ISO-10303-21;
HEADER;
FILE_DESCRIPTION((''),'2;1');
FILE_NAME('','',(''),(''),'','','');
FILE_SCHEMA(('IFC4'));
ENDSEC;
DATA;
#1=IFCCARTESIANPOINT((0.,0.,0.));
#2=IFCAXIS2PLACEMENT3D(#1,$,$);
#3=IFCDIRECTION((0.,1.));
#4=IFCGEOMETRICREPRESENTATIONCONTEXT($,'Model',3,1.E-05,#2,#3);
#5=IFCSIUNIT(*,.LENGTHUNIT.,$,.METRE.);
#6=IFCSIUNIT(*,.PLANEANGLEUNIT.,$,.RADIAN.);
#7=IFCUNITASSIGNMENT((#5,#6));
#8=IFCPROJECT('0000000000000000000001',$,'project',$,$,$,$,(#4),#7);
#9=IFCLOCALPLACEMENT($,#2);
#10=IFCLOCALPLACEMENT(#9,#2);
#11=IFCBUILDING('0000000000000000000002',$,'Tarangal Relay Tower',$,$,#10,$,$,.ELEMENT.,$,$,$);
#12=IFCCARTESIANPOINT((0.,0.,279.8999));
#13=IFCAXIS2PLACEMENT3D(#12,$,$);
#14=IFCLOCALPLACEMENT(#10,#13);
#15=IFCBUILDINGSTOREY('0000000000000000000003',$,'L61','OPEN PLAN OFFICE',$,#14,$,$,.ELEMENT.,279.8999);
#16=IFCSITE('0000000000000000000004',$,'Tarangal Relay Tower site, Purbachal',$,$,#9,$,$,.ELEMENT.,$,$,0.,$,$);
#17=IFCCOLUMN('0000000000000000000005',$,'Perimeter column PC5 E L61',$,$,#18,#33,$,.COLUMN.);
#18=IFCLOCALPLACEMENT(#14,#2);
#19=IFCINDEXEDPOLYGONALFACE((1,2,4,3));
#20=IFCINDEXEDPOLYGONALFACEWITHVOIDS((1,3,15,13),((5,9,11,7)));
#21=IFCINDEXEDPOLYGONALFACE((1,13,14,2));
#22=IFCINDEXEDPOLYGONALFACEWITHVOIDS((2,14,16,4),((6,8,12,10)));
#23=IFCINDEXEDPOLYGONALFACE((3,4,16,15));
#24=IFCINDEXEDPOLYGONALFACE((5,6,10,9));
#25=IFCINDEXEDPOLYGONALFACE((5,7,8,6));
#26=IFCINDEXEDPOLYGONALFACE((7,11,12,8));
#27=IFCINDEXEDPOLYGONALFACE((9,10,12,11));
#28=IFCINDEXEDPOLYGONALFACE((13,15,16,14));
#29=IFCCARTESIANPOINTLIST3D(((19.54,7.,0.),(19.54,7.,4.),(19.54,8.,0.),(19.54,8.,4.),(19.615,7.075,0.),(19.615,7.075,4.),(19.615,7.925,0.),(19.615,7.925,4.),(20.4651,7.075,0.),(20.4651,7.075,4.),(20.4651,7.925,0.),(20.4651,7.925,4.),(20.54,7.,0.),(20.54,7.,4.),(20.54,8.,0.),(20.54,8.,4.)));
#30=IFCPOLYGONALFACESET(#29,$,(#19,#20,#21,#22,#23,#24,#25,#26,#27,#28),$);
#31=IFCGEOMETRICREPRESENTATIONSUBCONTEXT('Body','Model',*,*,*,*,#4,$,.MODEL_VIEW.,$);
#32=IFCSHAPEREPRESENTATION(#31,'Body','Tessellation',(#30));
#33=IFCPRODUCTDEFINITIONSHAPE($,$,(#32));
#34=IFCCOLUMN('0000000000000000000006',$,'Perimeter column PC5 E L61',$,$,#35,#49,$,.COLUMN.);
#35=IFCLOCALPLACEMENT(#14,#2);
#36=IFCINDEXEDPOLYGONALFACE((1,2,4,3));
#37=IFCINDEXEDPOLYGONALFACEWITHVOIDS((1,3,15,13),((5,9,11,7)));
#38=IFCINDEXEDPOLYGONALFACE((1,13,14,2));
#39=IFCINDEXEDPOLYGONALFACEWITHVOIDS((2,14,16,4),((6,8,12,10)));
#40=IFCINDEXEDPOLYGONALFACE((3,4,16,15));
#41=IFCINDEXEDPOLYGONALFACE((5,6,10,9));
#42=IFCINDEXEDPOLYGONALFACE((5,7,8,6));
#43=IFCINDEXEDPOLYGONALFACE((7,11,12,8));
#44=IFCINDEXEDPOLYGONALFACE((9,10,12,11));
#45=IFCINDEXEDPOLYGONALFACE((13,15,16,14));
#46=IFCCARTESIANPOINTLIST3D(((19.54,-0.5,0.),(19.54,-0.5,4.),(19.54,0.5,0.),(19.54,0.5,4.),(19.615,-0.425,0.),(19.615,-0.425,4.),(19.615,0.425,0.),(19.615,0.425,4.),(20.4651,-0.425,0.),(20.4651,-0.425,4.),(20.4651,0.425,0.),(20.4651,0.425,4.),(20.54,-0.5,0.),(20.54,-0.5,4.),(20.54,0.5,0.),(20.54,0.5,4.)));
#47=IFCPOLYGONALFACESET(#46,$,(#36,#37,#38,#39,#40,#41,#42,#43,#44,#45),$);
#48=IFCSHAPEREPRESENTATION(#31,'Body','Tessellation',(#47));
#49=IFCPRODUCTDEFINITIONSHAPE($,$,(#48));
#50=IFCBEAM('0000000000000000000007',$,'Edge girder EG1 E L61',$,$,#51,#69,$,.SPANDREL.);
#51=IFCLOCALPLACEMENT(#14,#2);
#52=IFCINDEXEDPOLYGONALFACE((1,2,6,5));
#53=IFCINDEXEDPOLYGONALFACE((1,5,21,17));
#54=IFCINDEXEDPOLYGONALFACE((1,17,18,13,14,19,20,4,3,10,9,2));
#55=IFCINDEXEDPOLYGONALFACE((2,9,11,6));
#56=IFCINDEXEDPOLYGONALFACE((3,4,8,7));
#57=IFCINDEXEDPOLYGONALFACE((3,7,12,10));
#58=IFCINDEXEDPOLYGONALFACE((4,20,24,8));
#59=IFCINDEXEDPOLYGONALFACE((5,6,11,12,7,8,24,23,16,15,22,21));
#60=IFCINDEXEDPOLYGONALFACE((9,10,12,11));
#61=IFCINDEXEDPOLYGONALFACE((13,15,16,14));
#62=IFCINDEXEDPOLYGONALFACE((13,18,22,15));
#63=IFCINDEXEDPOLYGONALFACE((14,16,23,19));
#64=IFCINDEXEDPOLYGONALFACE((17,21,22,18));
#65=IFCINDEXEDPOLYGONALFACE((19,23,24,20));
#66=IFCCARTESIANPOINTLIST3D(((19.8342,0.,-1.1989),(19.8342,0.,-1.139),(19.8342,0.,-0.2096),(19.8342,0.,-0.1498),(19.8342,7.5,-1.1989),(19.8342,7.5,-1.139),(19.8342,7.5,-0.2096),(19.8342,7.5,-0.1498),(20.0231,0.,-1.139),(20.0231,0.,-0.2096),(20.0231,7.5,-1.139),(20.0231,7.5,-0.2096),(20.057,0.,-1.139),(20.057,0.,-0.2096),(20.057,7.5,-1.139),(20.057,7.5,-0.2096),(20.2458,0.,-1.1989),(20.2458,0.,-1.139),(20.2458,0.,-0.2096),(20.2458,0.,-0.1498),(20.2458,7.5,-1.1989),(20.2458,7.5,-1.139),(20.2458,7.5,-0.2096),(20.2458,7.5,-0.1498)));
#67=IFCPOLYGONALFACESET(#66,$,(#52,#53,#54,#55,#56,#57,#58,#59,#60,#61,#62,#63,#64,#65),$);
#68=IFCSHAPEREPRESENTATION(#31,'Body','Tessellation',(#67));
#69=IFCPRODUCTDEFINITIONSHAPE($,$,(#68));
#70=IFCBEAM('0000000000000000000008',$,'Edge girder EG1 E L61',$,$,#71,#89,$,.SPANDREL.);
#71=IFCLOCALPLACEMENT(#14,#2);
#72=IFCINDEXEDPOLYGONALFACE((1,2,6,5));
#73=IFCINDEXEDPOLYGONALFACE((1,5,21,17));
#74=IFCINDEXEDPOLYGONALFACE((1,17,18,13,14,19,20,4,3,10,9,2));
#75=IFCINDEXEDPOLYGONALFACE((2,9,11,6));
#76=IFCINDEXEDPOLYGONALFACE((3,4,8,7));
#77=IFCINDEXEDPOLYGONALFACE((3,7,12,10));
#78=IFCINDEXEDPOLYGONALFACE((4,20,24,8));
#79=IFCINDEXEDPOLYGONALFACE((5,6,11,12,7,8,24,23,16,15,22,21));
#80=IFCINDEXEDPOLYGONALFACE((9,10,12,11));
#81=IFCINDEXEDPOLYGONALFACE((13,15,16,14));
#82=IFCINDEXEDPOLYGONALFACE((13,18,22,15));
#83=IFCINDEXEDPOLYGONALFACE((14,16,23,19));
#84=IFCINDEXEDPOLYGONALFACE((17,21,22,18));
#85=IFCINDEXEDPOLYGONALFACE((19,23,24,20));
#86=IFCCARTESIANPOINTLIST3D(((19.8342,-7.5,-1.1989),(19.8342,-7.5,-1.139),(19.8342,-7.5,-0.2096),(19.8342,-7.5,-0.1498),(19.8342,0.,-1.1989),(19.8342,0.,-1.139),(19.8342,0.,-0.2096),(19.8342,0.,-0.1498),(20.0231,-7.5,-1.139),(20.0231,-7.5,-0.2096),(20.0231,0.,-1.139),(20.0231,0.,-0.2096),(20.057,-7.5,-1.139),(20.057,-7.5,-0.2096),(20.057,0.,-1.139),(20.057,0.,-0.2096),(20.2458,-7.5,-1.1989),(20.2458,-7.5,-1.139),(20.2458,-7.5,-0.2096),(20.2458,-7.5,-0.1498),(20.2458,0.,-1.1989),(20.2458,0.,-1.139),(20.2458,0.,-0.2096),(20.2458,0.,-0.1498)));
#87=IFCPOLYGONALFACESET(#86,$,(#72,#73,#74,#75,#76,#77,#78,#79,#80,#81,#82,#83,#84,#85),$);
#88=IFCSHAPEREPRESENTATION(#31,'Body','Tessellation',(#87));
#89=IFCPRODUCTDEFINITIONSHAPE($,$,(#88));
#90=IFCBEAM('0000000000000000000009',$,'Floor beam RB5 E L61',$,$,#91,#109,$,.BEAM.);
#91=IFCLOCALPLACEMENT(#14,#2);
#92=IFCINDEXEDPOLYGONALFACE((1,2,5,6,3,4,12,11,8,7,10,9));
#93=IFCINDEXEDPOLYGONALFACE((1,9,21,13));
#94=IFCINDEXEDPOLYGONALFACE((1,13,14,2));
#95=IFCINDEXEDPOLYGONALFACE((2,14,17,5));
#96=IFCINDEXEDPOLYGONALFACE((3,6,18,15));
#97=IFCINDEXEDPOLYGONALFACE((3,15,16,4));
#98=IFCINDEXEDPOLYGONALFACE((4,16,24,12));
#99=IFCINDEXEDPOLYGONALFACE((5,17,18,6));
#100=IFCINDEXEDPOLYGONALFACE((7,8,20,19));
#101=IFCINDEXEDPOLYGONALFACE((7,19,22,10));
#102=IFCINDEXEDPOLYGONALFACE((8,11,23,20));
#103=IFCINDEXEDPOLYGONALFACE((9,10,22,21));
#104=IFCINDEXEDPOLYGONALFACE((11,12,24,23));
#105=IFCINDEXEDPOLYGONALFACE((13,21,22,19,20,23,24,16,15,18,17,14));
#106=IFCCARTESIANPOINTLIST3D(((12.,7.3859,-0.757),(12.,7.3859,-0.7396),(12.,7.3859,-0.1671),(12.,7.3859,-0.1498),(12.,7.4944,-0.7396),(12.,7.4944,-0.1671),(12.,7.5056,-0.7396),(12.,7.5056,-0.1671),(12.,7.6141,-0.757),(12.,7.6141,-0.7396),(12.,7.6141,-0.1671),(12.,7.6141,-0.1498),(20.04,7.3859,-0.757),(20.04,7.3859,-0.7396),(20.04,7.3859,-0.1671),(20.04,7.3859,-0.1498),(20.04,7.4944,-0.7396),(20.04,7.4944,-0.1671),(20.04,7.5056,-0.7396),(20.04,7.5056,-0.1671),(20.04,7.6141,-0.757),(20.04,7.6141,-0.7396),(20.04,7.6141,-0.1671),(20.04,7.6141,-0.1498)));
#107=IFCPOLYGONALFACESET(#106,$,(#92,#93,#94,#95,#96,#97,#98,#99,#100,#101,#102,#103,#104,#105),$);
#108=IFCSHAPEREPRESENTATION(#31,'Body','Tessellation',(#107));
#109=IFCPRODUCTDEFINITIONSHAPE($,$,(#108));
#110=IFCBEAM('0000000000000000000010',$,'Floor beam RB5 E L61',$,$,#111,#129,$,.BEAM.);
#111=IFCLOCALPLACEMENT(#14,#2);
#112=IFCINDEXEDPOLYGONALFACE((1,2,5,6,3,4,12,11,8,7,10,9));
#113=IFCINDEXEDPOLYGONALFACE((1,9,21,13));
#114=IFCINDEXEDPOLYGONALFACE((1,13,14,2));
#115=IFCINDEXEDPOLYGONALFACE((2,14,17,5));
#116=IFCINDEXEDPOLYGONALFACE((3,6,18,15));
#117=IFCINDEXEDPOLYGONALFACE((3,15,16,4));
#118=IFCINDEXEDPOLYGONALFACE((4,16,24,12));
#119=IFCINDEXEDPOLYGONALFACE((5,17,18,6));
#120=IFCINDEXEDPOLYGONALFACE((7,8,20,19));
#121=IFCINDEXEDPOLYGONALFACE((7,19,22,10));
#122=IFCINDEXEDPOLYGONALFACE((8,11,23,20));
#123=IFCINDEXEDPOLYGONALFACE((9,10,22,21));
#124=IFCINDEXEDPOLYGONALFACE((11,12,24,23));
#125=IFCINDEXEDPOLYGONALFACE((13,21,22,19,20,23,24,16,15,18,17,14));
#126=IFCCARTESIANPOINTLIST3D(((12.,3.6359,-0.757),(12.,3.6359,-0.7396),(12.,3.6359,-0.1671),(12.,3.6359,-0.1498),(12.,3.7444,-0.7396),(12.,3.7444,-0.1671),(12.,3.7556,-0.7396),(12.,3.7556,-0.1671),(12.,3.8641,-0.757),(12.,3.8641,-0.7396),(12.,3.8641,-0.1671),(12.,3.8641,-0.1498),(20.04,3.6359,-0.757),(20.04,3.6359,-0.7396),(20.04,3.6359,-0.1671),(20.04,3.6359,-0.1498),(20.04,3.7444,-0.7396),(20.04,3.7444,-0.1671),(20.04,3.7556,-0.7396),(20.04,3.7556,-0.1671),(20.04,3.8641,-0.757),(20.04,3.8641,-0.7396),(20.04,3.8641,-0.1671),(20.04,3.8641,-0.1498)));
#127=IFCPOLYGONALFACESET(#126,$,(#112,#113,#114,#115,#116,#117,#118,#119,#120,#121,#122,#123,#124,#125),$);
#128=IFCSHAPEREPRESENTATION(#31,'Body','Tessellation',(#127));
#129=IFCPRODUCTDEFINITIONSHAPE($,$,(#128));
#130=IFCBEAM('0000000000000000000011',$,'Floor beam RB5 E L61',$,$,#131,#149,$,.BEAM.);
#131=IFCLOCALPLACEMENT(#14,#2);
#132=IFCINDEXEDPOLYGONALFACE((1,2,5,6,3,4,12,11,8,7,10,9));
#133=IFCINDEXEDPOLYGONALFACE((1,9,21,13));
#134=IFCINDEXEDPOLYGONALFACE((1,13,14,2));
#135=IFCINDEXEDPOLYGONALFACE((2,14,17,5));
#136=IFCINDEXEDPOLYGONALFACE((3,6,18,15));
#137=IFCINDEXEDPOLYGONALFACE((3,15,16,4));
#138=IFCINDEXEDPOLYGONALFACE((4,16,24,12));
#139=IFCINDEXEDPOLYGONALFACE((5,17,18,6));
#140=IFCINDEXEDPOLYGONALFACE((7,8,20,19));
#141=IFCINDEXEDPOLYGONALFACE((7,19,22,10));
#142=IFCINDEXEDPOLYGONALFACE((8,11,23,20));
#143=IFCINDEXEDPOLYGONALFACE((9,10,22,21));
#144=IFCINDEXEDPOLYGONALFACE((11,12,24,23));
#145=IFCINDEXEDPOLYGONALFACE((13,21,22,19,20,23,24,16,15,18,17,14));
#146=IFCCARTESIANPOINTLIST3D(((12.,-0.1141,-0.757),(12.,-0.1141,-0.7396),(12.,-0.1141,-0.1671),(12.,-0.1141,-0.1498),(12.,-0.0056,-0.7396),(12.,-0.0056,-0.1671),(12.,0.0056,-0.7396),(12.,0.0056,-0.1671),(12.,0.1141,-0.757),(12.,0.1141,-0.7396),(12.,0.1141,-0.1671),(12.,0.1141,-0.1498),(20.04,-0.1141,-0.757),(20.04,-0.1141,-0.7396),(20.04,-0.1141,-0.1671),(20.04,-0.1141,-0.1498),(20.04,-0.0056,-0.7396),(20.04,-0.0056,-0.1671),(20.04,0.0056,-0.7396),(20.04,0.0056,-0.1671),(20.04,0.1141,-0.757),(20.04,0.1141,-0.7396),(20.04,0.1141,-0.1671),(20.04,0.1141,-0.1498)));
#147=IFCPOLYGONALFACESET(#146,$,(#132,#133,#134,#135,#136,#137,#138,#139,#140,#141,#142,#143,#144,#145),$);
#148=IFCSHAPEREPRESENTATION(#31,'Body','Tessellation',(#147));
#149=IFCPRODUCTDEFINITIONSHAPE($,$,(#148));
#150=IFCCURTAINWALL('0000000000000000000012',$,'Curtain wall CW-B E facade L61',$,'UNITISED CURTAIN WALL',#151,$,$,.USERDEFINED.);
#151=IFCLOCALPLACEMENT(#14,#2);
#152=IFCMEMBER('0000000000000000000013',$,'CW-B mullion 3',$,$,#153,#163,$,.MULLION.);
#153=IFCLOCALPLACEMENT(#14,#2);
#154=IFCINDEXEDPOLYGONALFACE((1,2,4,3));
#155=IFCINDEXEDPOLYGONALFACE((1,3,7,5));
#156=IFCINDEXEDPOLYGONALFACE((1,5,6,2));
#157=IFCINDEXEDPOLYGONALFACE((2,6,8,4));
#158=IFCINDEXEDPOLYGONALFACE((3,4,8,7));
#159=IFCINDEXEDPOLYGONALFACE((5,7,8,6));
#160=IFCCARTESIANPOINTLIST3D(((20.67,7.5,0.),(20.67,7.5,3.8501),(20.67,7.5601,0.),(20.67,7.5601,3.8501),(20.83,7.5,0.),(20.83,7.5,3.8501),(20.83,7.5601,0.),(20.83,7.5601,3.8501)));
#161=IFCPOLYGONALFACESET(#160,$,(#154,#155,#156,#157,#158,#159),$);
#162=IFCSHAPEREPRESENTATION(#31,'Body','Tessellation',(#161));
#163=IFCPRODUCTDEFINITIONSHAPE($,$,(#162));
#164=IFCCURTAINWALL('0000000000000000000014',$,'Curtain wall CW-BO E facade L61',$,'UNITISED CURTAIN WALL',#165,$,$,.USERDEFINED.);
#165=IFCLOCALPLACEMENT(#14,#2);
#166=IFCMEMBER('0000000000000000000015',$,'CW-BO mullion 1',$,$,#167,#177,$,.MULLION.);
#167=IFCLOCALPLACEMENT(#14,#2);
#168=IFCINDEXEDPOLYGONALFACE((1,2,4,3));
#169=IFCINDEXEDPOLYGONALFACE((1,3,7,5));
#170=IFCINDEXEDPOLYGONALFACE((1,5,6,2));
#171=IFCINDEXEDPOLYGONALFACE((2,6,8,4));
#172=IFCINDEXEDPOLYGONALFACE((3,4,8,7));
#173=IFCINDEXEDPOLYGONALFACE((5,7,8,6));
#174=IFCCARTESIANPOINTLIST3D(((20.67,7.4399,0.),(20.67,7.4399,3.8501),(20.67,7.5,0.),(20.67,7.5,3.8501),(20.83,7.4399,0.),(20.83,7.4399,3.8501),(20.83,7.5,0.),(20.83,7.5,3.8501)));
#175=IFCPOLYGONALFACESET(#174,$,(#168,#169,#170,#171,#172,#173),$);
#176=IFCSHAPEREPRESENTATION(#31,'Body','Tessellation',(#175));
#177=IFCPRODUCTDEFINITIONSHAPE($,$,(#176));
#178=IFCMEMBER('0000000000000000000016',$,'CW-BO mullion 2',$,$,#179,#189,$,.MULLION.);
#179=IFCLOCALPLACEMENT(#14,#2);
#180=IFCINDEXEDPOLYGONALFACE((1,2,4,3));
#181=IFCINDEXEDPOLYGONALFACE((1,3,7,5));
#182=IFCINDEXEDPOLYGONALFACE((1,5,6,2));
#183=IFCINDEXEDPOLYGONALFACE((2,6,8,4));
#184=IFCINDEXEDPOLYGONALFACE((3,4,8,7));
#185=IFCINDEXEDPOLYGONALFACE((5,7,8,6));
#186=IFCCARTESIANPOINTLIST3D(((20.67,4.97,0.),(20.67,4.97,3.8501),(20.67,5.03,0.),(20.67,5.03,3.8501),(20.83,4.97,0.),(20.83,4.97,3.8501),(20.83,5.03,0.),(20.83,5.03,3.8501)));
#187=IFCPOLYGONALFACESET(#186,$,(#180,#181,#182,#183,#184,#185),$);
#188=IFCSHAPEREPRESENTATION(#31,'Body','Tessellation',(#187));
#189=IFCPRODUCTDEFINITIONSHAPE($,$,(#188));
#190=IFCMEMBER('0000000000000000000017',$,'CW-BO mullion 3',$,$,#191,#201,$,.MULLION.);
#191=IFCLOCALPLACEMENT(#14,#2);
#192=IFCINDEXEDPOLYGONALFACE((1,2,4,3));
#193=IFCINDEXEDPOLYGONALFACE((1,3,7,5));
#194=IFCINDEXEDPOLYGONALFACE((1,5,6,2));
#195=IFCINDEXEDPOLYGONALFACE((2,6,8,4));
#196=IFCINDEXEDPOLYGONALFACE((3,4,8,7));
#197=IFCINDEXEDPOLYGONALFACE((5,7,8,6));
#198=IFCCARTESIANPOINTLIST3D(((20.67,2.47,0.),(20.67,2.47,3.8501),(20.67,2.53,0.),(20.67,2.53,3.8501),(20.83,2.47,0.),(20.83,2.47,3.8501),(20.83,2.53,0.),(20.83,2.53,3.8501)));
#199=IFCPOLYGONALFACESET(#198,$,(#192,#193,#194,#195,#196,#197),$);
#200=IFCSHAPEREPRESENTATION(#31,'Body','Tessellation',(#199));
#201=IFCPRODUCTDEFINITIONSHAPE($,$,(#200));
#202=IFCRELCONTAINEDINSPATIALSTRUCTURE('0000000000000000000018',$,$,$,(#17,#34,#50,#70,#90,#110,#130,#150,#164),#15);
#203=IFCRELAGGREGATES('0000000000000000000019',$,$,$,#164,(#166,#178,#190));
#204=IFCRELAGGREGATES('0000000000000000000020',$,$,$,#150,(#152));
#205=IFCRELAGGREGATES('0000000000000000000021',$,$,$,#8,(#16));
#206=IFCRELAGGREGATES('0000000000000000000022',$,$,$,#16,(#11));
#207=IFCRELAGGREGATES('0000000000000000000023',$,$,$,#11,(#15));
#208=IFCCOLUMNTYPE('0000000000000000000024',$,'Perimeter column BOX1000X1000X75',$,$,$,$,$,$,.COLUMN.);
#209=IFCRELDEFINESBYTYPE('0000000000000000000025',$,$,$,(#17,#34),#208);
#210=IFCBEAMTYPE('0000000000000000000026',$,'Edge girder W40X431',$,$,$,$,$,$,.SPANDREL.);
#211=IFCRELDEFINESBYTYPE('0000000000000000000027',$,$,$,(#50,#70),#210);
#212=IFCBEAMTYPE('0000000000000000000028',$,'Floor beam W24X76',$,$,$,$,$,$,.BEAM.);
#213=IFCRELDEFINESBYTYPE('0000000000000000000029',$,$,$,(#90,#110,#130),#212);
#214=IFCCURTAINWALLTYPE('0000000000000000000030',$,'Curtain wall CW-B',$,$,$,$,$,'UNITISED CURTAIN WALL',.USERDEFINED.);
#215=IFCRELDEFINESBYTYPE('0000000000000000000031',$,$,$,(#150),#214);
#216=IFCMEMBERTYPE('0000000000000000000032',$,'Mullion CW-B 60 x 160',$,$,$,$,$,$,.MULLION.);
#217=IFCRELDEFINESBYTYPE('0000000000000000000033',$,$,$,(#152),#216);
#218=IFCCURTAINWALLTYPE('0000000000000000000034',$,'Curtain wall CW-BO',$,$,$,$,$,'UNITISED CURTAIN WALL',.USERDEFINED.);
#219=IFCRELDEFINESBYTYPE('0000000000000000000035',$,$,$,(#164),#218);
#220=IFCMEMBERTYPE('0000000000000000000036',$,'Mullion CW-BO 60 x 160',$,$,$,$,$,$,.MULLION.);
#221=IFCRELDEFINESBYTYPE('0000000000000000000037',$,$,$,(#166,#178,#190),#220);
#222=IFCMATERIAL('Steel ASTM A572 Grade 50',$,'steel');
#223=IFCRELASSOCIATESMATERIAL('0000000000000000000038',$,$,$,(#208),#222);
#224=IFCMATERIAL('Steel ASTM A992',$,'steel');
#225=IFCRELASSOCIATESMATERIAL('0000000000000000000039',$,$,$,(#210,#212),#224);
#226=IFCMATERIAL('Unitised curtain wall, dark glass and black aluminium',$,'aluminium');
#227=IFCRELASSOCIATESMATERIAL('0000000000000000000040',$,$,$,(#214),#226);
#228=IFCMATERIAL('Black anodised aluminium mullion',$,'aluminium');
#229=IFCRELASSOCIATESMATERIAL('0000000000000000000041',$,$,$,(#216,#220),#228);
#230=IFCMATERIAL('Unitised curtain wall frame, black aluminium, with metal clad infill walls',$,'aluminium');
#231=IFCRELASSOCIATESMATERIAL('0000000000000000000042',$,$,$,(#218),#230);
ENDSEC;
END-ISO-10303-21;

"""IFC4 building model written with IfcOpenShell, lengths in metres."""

from ifc_helpers import new_model, si_unit, direction, frame, origin, origin_2d, place, context, subcontext, project, spatial, rectangle, hollow_rectangle, i_section, extrude, material, material_profile, profile_set, type_object, element, aggregate, save


model = new_model("IFC4")

# Units and contexts
model_context = context("Model", 3, precision=1e-05, world=origin(), true_north=direction((0.0, 1.0)))
body_context = subcontext(model_context, "Body", "Model", "MODEL_VIEW")
ifc_project = project(units=[si_unit("LENGTHUNIT", "METRE"), si_unit("PLANEANGLEUNIT", "RADIAN")], contexts=[model_context])

# Site, building, storey
site_placement = place(None, origin())
site = spatial("IfcSite", under=ifc_project, at=site_placement, Name="Tarangal Relay Tower site, Purbachal", CompositionType="ELEMENT", RefElevation=0.0)
building_placement = place(site_placement, origin())
building = spatial("IfcBuilding", under=site, at=building_placement, Name="Tarangal Relay Tower", CompositionType="ELEMENT")
storey_placement = place(building_placement, frame((0.0, 0.0, 279.8999)))
storey = spatial("IfcBuildingStorey", under=building, at=storey_placement, Name="L61", Description="OPEN PLAN OFFICE", CompositionType="ELEMENT", Elevation=279.8999)

# Columns
ifc_material_1 = material(Name="Steel ASTM A572 Grade 50", Category="steel")
ifc_material_profile_1 = material_profile(ifc_material_1, hollow_rectangle(XDim=1.0, YDim=1.0, WallThickness=0.075, at=origin_2d()), Name="BOX1000X1000X75")
ifc_profile_set_1 = profile_set([ifc_material_profile_1], Name="Steel ASTM A572 Grade 50")
column_type = type_object("IfcColumnType", Name="Perimeter column BOX1000X1000X75", PredefinedType="COLUMN", material=ifc_profile_set_1)
for number, where, z_axis, x_axis, name in (
    (1, (20.04, 7.5, 0.0), (0.0, 0.0, 1.0), (1.0, 0.0, 0.0), "Perimeter column PC5 E L61"),
    (2, (20.04, 0.0, 0.0), (0.0, 0.0, 1.0), (1.0, 0.0, 0.0), "Perimeter column PC5 E L61"),
):
    element("IfcColumn", number, at=place(storey_placement, frame(where, z_axis=z_axis, x_axis=x_axis)), inside=storey, type_object=column_type, Name=name, PredefinedType="COLUMN", context=body_context, shape_type="SweptSolid", body=[
        extrude(hollow_rectangle(XDim=1.0, YDim=1.0, WallThickness=0.075, at=origin_2d()), origin(), (0.0, 0.0, 1.0), 4.0),
    ])

# Beams
ifc_material_2 = material(Name="Steel ASTM A992", Category="steel")
ifc_material_profile_2 = material_profile(ifc_material_2, i_section(OverallWidth=0.4116, OverallDepth=1.0491, WebThickness=0.0339, FlangeThickness=0.0598, at=origin_2d()), Name="W40X431")
ifc_profile_set_2 = profile_set([ifc_material_profile_2], Name="Steel ASTM A992")
beam_type_1 = type_object("IfcBeamType", Name="Edge girder W40X431", PredefinedType="SPANDREL", material=ifc_profile_set_2)
for number, where, z_axis, x_axis, name in (
    (3, (20.04, 7.5, -0.6743), (0.0, -1.0, 0.0), (1.0, 0.0, 0.0), "Edge girder EG1 E L61"),
    (4, (20.04, 0.0, -0.6743), (0.0, -1.0, 0.0), (1.0, 0.0, 0.0), "Edge girder EG1 E L61"),
):
    element("IfcBeam", number, at=place(storey_placement, frame(where, z_axis=z_axis, x_axis=x_axis)), inside=storey, type_object=beam_type_1, Name=name, PredefinedType="SPANDREL", context=body_context, shape_type="SweptSolid", body=[
        extrude(i_section(OverallWidth=0.4116, OverallDepth=1.0491, WebThickness=0.0339, FlangeThickness=0.0598, at=origin_2d()), origin(), (0.0, 0.0, 1.0), 7.5),
    ])
ifc_material_profile_3 = material_profile(ifc_material_2, i_section(OverallWidth=0.2283, OverallDepth=0.6072, WebThickness=0.0112, FlangeThickness=0.0173, at=origin_2d()), Name="W24X76")
ifc_profile_set_3 = profile_set([ifc_material_profile_3], Name="Steel ASTM A992")
beam_type_2 = type_object("IfcBeamType", Name="Floor beam W24X76", PredefinedType="BEAM", material=ifc_profile_set_3)
for number, where, z_axis, x_axis, name in (
    (5, (12.0, 7.5, -0.4534), (1.0, 0.0, 0.0), (0.0, 1.0, 0.0), "Floor beam RB5 E L61"),
    (6, (12.0, 3.75, -0.4534), (1.0, 0.0, 0.0), (0.0, 1.0, 0.0), "Floor beam RB5 E L61"),
    (7, (12.0, 0.0, -0.4534), (1.0, 0.0, 0.0), (0.0, 1.0, 0.0), "Floor beam RB5 E L61"),
):
    element("IfcBeam", number, at=place(storey_placement, frame(where, z_axis=z_axis, x_axis=x_axis)), inside=storey, type_object=beam_type_2, Name=name, PredefinedType="BEAM", context=body_context, shape_type="SweptSolid", body=[
        extrude(i_section(OverallWidth=0.2283, OverallDepth=0.6072, WebThickness=0.0112, FlangeThickness=0.0173, at=origin_2d()), origin(), (0.0, 0.0, 1.0), 8.04),
    ])

# Curtain wall, member
ifc_material_3 = material(Name="Unitised curtain wall, dark glass and black aluminium", Category="aluminium")
curtain_wall_type_1 = type_object("IfcCurtainWallType", Name="Curtain wall CW-B", ElementType="UNITISED CURTAIN WALL", PredefinedType="USERDEFINED", material=ifc_material_3)
curtain_wall_1_placement = place(storey_placement, origin())
curtain_wall_1 = element("IfcCurtainWall", 8, at=curtain_wall_1_placement, inside=storey, type_object=curtain_wall_type_1, Name="Curtain wall CW-B E facade L61", ObjectType="UNITISED CURTAIN WALL", PredefinedType="USERDEFINED")
ifc_material_4 = material(Name="Black anodised aluminium mullion", Category="aluminium")
ifc_material_profile_4 = material_profile(ifc_material_4, rectangle(XDim=0.1599, YDim=0.0601, at=origin_2d()), Name="CW-BM 60X160")
ifc_profile_set_4 = profile_set([ifc_material_profile_4], Name="Black anodised aluminium mullion")
member_type_1 = type_object("IfcMemberType", Name="Mullion CW-B 60 x 160", PredefinedType="MULLION", material=ifc_profile_set_4)
member_1_placement = place(storey_placement, frame((20.75, 7.53, 0.0), z_axis=(0.0, 0.0, 1.0), x_axis=(1.0, 0.0, 0.0)))
member_1 = element("IfcMember", 9, at=member_1_placement, type_object=member_type_1, Name="CW-B mullion 3", PredefinedType="MULLION", context=body_context, shape_type="SweptSolid", body=[
    extrude(rectangle(XDim=0.1599, YDim=0.0601, at=origin_2d()), origin(), (0.0, 0.0, 1.0), 3.8501),
])

# Curtain wall, members
ifc_material_5 = material(Name="Unitised curtain wall frame, black aluminium, with metal clad infill walls", Category="aluminium")
curtain_wall_type_2 = type_object("IfcCurtainWallType", Name="Curtain wall CW-BO", ElementType="UNITISED CURTAIN WALL", PredefinedType="USERDEFINED", material=ifc_material_5)
curtain_wall_2_placement = place(storey_placement, origin())
curtain_wall_2 = element("IfcCurtainWall", 10, at=curtain_wall_2_placement, inside=storey, type_object=curtain_wall_type_2, Name="Curtain wall CW-BO E facade L61", ObjectType="UNITISED CURTAIN WALL", PredefinedType="USERDEFINED")
ifc_material_profile_5 = material_profile(ifc_material_4, rectangle(XDim=0.1599, YDim=0.0601, at=origin_2d()), Name="CW-BOM 60X160")
ifc_profile_set_5 = profile_set([ifc_material_profile_5], Name="Black anodised aluminium mullion")
member_type_2 = type_object("IfcMemberType", Name="Mullion CW-BO 60 x 160", PredefinedType="MULLION", material=ifc_profile_set_5)
member_2_placement = place(storey_placement, frame((20.75, 7.47, 0.0), z_axis=(0.0, 0.0, 1.0), x_axis=(1.0, 0.0, 0.0)))
member_2 = element("IfcMember", 11, at=member_2_placement, type_object=member_type_2, Name="CW-BO mullion 1", PredefinedType="MULLION", context=body_context, shape_type="SweptSolid", body=[
    extrude(rectangle(XDim=0.1599, YDim=0.0601, at=origin_2d()), origin(), (0.0, 0.0, 1.0), 3.8501),
])
member_3_placement = place(storey_placement, frame((20.75, 5.0, 0.0), z_axis=(0.0, 0.0, 1.0), x_axis=(1.0, 0.0, 0.0)))
member_3 = element("IfcMember", 12, at=member_3_placement, type_object=member_type_2, Name="CW-BO mullion 2", PredefinedType="MULLION", context=body_context, shape_type="SweptSolid", body=[
    extrude(rectangle(XDim=0.1599, YDim=0.0601, at=origin_2d()), origin(), (0.0, 0.0, 1.0), 3.8501),
])
member_4_placement = place(storey_placement, frame((20.75, 2.5, 0.0), z_axis=(0.0, 0.0, 1.0), x_axis=(1.0, 0.0, 0.0)))
member_4 = element("IfcMember", 13, at=member_4_placement, type_object=member_type_2, Name="CW-BO mullion 3", PredefinedType="MULLION", context=body_context, shape_type="SweptSolid", body=[
    extrude(rectangle(XDim=0.1599, YDim=0.0601, at=origin_2d()), origin(), (0.0, 0.0, 1.0), 3.8501),
])
aggregate(curtain_wall_2, [member_2, member_3, member_4])

aggregate(curtain_wall_1, [member_1])

save(model, "model.ifc")
